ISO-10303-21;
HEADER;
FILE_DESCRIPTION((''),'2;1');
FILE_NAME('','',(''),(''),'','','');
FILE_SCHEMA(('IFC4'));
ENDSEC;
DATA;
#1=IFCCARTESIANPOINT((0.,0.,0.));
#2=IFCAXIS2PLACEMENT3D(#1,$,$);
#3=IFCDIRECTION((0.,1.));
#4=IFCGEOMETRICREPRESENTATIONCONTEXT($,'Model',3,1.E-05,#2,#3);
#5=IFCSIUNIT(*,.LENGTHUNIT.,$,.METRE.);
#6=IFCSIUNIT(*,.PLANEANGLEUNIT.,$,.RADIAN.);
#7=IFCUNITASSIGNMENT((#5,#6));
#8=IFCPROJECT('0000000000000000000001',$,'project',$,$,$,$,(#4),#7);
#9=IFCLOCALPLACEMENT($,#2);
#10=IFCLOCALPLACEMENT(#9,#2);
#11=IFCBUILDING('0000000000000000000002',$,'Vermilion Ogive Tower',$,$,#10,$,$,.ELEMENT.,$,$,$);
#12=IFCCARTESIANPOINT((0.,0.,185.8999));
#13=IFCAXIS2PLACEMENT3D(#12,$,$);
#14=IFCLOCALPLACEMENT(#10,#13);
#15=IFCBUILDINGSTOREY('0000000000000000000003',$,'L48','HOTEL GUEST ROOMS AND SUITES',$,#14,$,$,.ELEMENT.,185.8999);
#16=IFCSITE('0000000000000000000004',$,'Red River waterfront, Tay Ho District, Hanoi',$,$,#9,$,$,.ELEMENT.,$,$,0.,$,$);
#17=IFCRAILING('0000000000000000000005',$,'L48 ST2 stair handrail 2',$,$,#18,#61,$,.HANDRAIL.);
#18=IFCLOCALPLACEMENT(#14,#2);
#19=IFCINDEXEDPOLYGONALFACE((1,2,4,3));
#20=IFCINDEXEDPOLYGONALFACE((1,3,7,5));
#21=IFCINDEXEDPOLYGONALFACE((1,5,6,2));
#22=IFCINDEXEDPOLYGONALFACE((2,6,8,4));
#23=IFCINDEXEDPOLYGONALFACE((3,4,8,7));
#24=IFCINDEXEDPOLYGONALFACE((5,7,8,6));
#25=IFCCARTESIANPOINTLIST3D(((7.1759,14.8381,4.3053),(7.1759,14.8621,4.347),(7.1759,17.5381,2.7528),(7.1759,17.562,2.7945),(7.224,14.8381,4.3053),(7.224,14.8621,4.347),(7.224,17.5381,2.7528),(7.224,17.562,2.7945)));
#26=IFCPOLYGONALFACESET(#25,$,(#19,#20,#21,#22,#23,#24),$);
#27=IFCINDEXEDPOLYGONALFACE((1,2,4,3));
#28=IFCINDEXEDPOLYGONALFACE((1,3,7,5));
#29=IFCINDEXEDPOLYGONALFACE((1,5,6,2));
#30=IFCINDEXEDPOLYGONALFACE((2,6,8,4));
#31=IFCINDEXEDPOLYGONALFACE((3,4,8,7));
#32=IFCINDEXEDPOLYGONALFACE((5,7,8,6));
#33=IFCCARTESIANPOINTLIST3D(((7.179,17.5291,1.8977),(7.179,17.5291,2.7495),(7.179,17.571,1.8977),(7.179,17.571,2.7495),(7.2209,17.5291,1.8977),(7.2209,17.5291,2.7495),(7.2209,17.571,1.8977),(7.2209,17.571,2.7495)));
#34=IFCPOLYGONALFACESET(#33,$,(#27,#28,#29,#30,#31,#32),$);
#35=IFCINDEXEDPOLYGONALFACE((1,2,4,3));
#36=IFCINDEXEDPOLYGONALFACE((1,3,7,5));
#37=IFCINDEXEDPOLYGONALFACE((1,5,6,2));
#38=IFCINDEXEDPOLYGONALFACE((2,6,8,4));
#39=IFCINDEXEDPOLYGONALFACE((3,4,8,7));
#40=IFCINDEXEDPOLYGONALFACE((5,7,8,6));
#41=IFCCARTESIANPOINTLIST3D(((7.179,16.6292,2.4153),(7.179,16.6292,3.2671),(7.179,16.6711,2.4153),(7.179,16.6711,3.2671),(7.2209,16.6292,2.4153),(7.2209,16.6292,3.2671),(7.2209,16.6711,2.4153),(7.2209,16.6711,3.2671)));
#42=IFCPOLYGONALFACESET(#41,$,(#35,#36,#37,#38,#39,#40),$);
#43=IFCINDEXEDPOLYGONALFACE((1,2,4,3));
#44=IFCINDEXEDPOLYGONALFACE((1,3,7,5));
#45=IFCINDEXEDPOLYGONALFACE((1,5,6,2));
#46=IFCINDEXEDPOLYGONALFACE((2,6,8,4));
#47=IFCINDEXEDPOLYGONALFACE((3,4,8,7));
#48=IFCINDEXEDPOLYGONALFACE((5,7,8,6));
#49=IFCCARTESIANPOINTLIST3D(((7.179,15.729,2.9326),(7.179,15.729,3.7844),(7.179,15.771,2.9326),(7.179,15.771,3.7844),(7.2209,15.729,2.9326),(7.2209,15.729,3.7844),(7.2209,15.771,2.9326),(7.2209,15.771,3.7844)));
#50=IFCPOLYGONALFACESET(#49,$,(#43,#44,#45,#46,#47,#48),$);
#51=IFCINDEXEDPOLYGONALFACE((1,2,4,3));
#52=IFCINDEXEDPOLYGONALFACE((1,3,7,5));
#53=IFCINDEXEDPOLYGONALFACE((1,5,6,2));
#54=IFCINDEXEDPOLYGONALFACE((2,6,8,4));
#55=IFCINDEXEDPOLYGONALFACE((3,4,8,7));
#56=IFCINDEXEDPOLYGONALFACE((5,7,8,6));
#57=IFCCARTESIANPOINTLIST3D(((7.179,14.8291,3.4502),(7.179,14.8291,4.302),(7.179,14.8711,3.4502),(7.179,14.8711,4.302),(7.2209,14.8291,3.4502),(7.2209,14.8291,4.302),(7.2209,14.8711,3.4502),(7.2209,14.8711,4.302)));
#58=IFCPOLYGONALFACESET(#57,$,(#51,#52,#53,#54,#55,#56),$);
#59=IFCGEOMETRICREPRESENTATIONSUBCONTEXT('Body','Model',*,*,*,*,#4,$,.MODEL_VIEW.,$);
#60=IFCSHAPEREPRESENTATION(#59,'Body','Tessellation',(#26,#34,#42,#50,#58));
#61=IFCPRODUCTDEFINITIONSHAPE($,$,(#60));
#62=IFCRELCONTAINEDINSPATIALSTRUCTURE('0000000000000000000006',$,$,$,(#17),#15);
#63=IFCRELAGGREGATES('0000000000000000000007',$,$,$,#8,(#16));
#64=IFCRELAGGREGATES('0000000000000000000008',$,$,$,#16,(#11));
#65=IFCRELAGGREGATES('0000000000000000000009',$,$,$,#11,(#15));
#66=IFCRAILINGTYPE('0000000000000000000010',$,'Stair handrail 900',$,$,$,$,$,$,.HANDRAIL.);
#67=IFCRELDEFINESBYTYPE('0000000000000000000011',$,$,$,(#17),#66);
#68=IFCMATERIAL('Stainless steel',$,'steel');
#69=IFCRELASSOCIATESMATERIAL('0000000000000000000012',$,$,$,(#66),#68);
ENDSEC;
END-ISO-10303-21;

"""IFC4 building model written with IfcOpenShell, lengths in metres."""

from ifc_helpers import new_model, si_unit, direction, frame, origin, origin_2d, place, context, subcontext, project, spatial, rectangle, extrude, material, type_object, element, save


model = new_model("IFC4")

# Units and contexts
model_context = context("Model", 3, precision=1e-05, world=origin(), true_north=direction((0.0, 1.0)))
body_context = subcontext(model_context, "Body", "Model", "MODEL_VIEW")
ifc_project = project(units=[si_unit("LENGTHUNIT", "METRE"), si_unit("PLANEANGLEUNIT", "RADIAN")], contexts=[model_context])

# Site, building, storey
site_placement = place(None, origin())
site = spatial("IfcSite", under=ifc_project, at=site_placement, Name="Red River waterfront, Tay Ho District, Hanoi", CompositionType="ELEMENT", RefElevation=0.0)
building_placement = place(site_placement, origin())
building = spatial("IfcBuilding", under=site, at=building_placement, Name="Vermilion Ogive Tower", CompositionType="ELEMENT")
storey_placement = place(building_placement, frame((0.0, 0.0, 185.8999)))
storey = spatial("IfcBuildingStorey", under=building, at=storey_placement, Name="L48", Description="HOTEL GUEST ROOMS AND SUITES", CompositionType="ELEMENT", Elevation=185.8999)

# Railing
ifc_material_1 = material(Name="Stainless steel", Category="steel")
railing_type_1 = type_object("IfcRailingType", Name="Stair handrail 900", PredefinedType="HANDRAIL", material=ifc_material_1)
railing_1_placement = place(storey_placement, frame((7.2, 17.55, 1.8977)))
element("IfcRailing", 1, at=railing_1_placement, inside=storey, type_object=railing_type_1, Name="L48 ST2 stair handrail 2", PredefinedType="HANDRAIL", context=body_context, shape_type="SweptSolid", body=[
    extrude(rectangle(XDim=0.0481, YDim=0.0481, at=origin_2d()), frame((0.0, 0.0, 0.876), z_axis=(0.0, -0.866904, 0.498476), x_axis=(1.0, 0.0, 0.0)), (0.0, 0.0, 1.0), 3.1145),
    extrude(rectangle(XDim=0.042, YDim=0.042, at=origin_2d()), origin(), (0.0, 0.0, 1.0), 0.8518),
    extrude(rectangle(XDim=0.042, YDim=0.042, at=origin_2d()), frame((0.0, -0.8999, 0.5176)), (0.0, 0.0, 1.0), 0.8518),
    extrude(rectangle(XDim=0.042, YDim=0.042, at=origin_2d()), frame((0.0, -1.8, 1.0349)), (0.0, 0.0, 1.0), 0.8518),
    extrude(rectangle(XDim=0.042, YDim=0.042, at=origin_2d()), frame((0.0, -2.7, 1.5525)), (0.0, 0.0, 1.0), 0.8518),
])

save(model, "model.ifc")
